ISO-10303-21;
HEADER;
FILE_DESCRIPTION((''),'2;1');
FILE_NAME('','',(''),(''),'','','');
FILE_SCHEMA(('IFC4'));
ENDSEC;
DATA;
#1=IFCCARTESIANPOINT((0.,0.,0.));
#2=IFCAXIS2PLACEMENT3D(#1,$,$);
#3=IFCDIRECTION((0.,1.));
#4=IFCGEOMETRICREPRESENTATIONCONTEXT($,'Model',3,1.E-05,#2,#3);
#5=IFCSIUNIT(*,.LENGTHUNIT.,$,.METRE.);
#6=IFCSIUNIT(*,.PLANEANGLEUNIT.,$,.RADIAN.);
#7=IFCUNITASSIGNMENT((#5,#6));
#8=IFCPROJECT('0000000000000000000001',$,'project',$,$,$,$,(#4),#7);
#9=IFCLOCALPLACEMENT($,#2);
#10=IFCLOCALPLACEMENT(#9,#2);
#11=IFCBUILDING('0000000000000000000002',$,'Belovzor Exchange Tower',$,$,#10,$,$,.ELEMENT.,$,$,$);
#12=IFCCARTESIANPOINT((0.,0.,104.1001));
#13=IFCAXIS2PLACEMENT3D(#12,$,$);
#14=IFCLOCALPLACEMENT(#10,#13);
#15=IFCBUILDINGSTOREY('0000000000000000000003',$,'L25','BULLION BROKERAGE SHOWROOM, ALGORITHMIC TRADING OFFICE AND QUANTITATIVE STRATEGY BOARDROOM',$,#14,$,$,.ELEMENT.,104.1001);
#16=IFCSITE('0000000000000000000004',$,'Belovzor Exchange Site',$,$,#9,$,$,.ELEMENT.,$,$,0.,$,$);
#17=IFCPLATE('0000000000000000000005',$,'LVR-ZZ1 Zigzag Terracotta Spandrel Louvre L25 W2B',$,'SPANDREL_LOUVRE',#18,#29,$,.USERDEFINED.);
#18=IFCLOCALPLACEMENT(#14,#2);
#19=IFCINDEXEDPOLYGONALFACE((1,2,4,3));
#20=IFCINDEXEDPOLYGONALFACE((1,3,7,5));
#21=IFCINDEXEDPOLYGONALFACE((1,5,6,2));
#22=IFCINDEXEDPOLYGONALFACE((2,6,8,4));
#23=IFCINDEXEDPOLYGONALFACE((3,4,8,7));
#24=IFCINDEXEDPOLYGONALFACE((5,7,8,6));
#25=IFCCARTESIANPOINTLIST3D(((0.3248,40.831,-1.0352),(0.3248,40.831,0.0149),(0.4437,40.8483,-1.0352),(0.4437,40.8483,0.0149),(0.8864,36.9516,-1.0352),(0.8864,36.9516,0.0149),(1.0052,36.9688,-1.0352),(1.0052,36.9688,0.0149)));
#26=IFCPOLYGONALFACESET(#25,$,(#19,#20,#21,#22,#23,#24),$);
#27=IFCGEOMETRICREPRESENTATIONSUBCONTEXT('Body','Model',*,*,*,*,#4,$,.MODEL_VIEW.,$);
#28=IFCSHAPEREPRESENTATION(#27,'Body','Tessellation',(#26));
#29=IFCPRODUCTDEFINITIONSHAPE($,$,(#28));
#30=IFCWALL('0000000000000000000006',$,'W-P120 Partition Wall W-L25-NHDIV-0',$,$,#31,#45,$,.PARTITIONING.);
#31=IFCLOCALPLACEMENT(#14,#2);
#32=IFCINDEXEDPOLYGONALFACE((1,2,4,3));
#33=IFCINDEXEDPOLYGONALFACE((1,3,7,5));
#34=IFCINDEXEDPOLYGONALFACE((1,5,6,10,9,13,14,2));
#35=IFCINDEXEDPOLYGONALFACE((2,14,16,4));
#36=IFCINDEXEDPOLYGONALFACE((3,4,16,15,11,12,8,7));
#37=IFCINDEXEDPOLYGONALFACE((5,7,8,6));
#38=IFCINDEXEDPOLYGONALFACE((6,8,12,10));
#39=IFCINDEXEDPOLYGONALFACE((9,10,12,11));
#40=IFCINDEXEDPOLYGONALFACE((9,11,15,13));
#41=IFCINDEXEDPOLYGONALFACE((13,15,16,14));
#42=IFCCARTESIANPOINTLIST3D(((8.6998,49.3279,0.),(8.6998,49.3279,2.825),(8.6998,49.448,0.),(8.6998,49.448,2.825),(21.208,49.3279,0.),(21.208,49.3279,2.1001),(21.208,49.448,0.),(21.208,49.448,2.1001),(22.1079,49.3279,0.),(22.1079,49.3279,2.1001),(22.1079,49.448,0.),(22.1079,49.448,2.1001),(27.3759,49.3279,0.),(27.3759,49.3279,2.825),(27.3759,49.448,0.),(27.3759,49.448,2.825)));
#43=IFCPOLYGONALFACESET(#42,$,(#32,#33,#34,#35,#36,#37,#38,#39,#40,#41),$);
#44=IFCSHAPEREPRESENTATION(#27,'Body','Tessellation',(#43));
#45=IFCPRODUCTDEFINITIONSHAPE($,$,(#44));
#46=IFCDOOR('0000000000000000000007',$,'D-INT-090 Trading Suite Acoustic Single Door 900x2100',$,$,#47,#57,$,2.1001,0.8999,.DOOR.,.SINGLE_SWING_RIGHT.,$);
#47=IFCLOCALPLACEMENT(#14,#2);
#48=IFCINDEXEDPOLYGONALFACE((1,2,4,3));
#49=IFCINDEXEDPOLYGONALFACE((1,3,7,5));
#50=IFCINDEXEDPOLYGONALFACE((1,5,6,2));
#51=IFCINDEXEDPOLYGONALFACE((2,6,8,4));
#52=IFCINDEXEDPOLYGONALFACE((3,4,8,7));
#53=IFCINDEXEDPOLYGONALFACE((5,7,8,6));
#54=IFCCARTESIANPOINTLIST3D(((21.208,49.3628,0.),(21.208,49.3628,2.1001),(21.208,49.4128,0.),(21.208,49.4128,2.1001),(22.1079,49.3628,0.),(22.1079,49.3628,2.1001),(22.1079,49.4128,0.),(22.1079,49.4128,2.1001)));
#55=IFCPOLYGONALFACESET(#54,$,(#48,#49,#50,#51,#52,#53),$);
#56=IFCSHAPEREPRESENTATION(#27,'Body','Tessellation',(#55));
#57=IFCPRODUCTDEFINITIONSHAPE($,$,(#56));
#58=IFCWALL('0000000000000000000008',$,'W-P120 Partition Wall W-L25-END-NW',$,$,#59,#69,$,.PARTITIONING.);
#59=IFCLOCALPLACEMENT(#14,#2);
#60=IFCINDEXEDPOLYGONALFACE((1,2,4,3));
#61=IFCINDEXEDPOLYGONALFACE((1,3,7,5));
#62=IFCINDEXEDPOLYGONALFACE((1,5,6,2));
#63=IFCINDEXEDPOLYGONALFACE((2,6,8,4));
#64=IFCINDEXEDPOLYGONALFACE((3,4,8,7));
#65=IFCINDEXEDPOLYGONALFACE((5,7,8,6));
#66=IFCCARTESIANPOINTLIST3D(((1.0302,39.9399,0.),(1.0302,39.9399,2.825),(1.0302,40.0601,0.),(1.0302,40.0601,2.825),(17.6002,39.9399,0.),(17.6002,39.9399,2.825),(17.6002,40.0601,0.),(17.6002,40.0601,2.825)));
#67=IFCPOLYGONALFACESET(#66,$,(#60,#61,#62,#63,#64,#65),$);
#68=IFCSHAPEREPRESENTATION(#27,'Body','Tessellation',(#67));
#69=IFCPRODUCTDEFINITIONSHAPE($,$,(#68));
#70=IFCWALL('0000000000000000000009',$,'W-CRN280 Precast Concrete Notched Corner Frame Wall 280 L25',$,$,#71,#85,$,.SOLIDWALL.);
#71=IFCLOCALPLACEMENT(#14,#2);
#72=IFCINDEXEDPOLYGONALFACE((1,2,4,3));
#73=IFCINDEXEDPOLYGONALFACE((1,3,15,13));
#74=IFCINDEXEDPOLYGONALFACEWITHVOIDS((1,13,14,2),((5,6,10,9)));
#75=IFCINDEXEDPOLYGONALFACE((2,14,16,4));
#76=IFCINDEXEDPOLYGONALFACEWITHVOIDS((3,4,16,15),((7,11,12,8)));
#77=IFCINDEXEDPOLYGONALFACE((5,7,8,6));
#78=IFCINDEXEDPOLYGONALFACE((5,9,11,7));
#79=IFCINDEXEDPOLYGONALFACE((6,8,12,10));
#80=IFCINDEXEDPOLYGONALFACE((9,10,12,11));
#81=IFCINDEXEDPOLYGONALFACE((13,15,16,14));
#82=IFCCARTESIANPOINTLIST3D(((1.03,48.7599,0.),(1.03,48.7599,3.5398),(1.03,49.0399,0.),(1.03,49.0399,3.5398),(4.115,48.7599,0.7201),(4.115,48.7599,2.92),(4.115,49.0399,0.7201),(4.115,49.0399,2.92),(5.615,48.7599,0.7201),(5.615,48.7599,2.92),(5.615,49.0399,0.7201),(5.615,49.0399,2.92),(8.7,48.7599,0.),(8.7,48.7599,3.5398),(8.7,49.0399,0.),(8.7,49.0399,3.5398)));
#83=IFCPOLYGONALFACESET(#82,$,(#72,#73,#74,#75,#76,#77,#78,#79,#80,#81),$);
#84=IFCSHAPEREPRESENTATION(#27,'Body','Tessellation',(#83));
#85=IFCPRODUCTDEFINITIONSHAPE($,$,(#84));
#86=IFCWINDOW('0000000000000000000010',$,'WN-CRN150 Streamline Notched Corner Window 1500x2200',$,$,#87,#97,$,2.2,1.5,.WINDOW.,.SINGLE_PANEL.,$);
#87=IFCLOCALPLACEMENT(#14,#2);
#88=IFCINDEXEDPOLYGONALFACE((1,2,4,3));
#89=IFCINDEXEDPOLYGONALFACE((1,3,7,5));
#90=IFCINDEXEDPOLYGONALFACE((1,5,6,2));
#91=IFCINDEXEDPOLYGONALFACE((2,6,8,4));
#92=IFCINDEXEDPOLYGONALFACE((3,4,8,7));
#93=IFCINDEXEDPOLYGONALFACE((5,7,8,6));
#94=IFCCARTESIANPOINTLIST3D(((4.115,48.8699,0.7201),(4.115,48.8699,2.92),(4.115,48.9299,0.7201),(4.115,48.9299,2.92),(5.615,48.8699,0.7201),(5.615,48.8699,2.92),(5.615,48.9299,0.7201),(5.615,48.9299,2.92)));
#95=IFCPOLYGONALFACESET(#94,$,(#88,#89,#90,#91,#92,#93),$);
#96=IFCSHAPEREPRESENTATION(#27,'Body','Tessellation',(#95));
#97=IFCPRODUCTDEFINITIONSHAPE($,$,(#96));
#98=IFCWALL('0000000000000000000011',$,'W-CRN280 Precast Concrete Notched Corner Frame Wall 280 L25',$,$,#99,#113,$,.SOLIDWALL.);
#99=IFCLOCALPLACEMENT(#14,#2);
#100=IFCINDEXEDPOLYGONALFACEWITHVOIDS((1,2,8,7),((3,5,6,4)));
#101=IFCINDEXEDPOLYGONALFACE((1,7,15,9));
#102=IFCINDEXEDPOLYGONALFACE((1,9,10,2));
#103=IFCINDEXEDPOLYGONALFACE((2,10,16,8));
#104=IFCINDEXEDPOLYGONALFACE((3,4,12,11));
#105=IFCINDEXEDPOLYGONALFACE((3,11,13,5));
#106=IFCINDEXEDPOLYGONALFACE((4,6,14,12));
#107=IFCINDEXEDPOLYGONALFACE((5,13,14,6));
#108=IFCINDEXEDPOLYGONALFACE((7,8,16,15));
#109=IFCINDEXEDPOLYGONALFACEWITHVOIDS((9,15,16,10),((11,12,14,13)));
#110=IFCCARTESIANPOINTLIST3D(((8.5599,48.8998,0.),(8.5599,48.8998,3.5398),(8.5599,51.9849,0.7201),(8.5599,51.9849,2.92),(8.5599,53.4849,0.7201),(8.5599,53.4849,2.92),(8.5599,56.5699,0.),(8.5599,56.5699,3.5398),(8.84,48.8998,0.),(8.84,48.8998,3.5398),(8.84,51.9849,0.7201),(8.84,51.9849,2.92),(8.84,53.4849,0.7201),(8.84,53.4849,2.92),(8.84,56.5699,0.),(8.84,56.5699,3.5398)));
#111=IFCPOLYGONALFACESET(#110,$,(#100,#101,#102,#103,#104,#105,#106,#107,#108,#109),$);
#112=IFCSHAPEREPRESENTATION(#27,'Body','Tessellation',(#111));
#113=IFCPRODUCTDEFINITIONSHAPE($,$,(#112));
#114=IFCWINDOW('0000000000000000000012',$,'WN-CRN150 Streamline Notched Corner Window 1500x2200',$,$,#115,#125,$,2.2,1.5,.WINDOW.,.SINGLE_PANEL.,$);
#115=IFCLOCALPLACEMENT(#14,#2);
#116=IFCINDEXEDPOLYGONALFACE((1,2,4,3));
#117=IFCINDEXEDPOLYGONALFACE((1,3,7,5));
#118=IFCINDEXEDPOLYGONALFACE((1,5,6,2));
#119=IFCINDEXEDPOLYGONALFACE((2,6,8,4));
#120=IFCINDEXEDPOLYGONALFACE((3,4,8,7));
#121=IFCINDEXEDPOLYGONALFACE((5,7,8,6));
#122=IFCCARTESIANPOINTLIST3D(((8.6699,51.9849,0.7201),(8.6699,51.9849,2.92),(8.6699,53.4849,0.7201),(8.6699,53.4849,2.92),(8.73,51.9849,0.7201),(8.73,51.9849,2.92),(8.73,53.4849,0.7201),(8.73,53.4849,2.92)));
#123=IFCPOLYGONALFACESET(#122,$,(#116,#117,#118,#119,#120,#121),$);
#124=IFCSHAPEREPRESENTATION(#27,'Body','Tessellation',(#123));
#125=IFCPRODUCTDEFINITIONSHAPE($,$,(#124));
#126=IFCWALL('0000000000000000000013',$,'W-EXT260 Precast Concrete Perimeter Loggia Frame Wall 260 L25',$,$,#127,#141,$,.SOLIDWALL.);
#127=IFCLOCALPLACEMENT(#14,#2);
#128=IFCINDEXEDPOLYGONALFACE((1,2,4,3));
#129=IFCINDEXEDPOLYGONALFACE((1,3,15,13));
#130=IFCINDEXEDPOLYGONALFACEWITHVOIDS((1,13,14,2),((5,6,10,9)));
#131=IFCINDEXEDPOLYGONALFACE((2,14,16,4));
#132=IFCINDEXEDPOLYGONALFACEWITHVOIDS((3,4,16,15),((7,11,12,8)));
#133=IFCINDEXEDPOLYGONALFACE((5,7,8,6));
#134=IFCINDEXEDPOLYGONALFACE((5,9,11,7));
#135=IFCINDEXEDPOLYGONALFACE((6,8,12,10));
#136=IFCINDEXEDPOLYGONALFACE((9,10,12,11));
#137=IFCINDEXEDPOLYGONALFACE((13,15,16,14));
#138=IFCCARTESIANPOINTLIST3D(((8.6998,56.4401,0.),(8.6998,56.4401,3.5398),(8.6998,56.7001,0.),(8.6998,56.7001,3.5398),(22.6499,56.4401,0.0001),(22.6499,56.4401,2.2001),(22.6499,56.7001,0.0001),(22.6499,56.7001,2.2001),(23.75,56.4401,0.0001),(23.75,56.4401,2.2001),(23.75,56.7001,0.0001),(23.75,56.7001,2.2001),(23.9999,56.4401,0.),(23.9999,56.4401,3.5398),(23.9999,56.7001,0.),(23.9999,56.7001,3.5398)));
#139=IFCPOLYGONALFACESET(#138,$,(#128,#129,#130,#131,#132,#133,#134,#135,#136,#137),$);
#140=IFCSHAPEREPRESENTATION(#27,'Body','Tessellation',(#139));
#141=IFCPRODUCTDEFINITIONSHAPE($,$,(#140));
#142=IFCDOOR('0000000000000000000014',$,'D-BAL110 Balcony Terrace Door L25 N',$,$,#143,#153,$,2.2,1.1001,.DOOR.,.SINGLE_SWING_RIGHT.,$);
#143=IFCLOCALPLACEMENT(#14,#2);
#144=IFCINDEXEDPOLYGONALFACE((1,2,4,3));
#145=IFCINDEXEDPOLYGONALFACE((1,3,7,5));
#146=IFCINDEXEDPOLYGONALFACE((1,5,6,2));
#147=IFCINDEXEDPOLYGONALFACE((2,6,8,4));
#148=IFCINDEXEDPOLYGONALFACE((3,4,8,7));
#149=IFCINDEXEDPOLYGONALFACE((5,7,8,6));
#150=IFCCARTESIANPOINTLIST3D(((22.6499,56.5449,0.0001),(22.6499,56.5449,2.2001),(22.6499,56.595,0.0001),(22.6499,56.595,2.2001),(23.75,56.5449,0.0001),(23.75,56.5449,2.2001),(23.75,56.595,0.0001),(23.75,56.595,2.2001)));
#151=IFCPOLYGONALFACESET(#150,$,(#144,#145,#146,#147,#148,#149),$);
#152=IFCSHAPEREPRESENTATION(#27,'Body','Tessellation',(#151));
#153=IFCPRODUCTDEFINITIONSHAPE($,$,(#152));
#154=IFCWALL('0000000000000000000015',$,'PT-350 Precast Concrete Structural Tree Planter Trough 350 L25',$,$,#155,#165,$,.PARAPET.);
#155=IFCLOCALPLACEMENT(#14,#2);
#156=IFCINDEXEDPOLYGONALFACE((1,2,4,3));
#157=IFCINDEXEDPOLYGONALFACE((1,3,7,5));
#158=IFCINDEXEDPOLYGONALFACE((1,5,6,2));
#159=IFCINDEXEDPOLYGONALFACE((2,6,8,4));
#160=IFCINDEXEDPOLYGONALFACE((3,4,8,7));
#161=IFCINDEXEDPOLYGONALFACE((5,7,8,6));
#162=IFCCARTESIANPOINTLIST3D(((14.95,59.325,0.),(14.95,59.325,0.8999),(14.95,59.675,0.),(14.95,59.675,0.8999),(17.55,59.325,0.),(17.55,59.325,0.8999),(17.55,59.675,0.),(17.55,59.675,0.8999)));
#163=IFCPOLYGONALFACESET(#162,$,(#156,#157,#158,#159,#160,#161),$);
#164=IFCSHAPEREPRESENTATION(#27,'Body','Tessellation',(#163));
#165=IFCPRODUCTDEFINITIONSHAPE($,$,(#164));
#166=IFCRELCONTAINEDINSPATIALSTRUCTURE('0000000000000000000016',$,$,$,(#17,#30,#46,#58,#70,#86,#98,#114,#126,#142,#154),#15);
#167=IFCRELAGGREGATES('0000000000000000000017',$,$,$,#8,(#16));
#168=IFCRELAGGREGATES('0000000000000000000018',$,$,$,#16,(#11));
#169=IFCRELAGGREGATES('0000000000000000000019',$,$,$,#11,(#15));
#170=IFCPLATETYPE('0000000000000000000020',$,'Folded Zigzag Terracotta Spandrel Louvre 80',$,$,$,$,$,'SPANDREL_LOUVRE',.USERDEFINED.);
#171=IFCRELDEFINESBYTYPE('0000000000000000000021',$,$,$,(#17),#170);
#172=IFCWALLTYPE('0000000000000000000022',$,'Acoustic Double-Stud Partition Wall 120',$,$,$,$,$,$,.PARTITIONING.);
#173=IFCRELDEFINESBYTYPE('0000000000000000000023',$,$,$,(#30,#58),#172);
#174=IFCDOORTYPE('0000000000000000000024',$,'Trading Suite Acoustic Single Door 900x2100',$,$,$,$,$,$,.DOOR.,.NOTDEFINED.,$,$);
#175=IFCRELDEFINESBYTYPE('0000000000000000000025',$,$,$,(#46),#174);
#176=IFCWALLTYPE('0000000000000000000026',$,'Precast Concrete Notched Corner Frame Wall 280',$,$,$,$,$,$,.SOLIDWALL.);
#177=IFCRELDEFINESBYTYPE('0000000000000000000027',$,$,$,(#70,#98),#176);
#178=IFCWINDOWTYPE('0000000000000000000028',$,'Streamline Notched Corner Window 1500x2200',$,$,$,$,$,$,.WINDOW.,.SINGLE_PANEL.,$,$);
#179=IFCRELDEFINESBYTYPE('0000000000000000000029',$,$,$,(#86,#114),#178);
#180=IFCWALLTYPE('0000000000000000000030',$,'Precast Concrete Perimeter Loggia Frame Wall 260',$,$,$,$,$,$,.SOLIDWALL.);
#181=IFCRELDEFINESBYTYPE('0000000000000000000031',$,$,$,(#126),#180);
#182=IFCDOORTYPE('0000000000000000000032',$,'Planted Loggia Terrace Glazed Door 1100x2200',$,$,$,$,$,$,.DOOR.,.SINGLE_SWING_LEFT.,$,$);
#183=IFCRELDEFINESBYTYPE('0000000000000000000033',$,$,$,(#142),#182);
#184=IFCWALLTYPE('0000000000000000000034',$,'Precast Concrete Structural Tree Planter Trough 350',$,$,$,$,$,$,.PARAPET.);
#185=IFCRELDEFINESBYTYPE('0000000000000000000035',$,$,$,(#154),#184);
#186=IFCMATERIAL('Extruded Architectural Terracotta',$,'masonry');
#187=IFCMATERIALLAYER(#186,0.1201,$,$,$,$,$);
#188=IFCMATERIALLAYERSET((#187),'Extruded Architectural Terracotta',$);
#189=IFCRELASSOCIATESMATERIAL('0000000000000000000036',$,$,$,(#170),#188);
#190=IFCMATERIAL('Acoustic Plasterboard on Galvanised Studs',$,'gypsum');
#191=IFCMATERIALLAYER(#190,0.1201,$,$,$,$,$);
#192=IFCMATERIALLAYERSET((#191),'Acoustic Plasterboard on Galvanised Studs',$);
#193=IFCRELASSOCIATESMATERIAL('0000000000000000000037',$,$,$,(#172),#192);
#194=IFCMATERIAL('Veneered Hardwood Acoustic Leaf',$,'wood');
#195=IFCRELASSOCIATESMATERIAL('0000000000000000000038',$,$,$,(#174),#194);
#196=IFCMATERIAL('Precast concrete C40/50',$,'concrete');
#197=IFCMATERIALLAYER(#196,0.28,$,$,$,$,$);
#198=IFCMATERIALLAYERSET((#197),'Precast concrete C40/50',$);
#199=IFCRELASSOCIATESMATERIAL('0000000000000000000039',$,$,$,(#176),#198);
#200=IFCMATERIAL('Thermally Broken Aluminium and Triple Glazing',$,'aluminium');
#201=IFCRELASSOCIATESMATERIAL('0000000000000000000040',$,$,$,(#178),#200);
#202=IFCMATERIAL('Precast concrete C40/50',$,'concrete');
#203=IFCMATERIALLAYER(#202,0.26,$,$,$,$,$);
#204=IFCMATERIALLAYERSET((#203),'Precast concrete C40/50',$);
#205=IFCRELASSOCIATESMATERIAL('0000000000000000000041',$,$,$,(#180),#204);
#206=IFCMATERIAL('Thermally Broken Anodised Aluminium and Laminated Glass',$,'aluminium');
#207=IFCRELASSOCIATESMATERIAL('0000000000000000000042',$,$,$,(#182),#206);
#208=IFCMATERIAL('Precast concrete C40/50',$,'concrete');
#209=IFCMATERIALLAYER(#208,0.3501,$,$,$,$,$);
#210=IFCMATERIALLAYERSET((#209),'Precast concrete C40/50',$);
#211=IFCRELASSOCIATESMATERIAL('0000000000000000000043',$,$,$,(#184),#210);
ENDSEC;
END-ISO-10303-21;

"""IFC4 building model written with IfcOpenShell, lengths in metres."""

from ifc_helpers import new_model, si_unit, direction, frame, frame_2d, origin, origin_2d, place, context, subcontext, project, spatial, rectangle, extrude, material, layer, layer_set, type_object, element, fill, save


model = new_model("IFC4")

# Units and contexts
model_context = context("Model", 3, precision=1e-05, world=origin(), true_north=direction((0.0, 1.0)))
body_context = subcontext(model_context, "Body", "Model", "MODEL_VIEW")
ifc_project = project(units=[si_unit("LENGTHUNIT", "METRE"), si_unit("PLANEANGLEUNIT", "RADIAN")], contexts=[model_context])

# Site, building, storey
site_placement = place(None, origin())
site = spatial("IfcSite", under=ifc_project, at=site_placement, Name="Belovzor Exchange Site", CompositionType="ELEMENT", RefElevation=0.0)
building_placement = place(site_placement, origin())
building = spatial("IfcBuilding", under=site, at=building_placement, Name="Belovzor Exchange Tower", CompositionType="ELEMENT")
storey_placement = place(building_placement, frame((0.0, 0.0, 104.1001)))
storey = spatial("IfcBuildingStorey", under=building, at=storey_placement, Name="L25", Description="BULLION BROKERAGE SHOWROOM, ALGORITHMIC TRADING OFFICE AND QUANTITATIVE STRATEGY BOARDROOM", CompositionType="ELEMENT", Elevation=104.1001)

# Plate
ifc_material_1 = material(Name="Extruded Architectural Terracotta", Category="masonry")
ifc_layer_1 = layer(ifc_material_1, 0.1201)
ifc_layer_set_1 = layer_set([ifc_layer_1], Name="Extruded Architectural Terracotta")
plate_type = type_object("IfcPlateType", Name="Folded Zigzag Terracotta Spandrel Louvre 80", ElementType="SPANDREL_LOUVRE", PredefinedType="USERDEFINED", material=ifc_layer_set_1)
plate_placement = place(storey_placement, frame((0.665, 38.8999, -1.0352), z_axis=(0.0, 0.0, 1.0), x_axis=(-0.143251, 0.989686, 0.0)))
element("IfcPlate", 1, at=plate_placement, inside=storey, type_object=plate_type, Name="LVR-ZZ1 Zigzag Terracotta Spandrel Louvre L25 W2B", ObjectType="SPANDREL_LOUVRE", PredefinedType="USERDEFINED", context=body_context, shape_type="SweptSolid", body=[
    extrude(rectangle(XDim=3.9199, YDim=0.1201, at=origin_2d()), origin(), (0.0, 0.0, 1.0), 1.05),
])

# Wall, opening, door
ifc_material_2 = material(Name="Acoustic Plasterboard on Galvanised Studs", Category="gypsum")
ifc_layer_2 = layer(ifc_material_2, 0.1201)
ifc_layer_set_2 = layer_set([ifc_layer_2], Name="Acoustic Plasterboard on Galvanised Studs")
wall_type_1 = type_object("IfcWallType", Name="Acoustic Double-Stud Partition Wall 120", PredefinedType="PARTITIONING", material=ifc_layer_set_2)
wall_1_placement = place(storey_placement, frame((8.7, 49.3879, 0.0), z_axis=(0.0, 0.0, 1.0), x_axis=(1.0, 0.0, 0.0)))
wall_1 = element("IfcWall", 2, at=wall_1_placement, inside=storey, type_object=wall_type_1, Name="W-P120 Partition Wall W-L25-NHDIV-0", PredefinedType="PARTITIONING", context=body_context, shape_type="SweptSolid", body=[
    extrude(rectangle(XDim=18.676, YDim=0.1201, at=frame_2d((9.3379, 0.0))), origin(), (0.0, 0.0, 1.0), 2.825),
])
opening_1_placement = place(wall_1_placement, frame((12.5081, 0.0, 0.0)))
opening_1 = element("IfcOpeningElement", 3, at=opening_1_placement, cuts=wall_1, PredefinedType="OPENING", context=body_context, shape_type="SweptSolid", body=[
    extrude(rectangle(XDim=0.8999, YDim=2.1001, at=frame_2d((0.45, 1.05))), frame((0.0, 0.0701, 0.0), z_axis=(0.0, -1.0, 0.0), x_axis=(1.0, 0.0, 0.0)), (0.0, 0.0, 1.0), 0.1401),
])
ifc_material_3 = material(Name="Veneered Hardwood Acoustic Leaf", Category="wood")
door_type_1 = type_object("IfcDoorType", Name="Trading Suite Acoustic Single Door 900x2100", OperationType="NOTDEFINED", PredefinedType="DOOR", material=ifc_material_3)
door_1_placement = place(opening_1_placement, origin())
door_1 = element("IfcDoor", 4, at=door_1_placement, inside=storey, type_object=door_type_1, Name="D-INT-090 Trading Suite Acoustic Single Door 900x2100", OperationType="SINGLE_SWING_RIGHT", OverallHeight=2.1001, OverallWidth=0.8999, PredefinedType="DOOR", context=body_context, shape_type="SweptSolid", body=[
    extrude(rectangle(XDim=0.8999, YDim=2.1001, at=frame_2d((0.45, 1.05))), frame((0.0, 0.0249, 0.0), z_axis=(0.0, -1.0, 0.0), x_axis=(1.0, 0.0, 0.0)), (0.0, 0.0, 1.0), 0.05),
])
fill(opening_1, door_1)

# Wall
wall_2_placement = place(storey_placement, frame((1.03, 40.0, 0.0), z_axis=(0.0, 0.0, 1.0), x_axis=(1.0, 0.0, 0.0)))
element("IfcWall", 5, at=wall_2_placement, inside=storey, type_object=wall_type_1, Name="W-P120 Partition Wall W-L25-END-NW", PredefinedType="PARTITIONING", context=body_context, shape_type="SweptSolid", body=[
    extrude(rectangle(XDim=16.5701, YDim=0.1201, at=frame_2d((8.2852, 0.0))), origin(), (0.0, 0.0, 1.0), 2.825),
])

# Walls, openings, windows
ifc_material_4 = material(Name="Precast concrete C40/50", Category="concrete")
ifc_layer_3 = layer(ifc_material_4, 0.28)
ifc_layer_set_3 = layer_set([ifc_layer_3], Name="Precast concrete C40/50")
wall_type_2 = type_object("IfcWallType", Name="Precast Concrete Notched Corner Frame Wall 280", PredefinedType="SOLIDWALL", material=ifc_layer_set_3)
wall_3_placement = place(storey_placement, frame((1.03, 48.8999, 0.0), z_axis=(0.0, 0.0, 1.0), x_axis=(1.0, 0.0, 0.0)))
wall_3 = element("IfcWall", 6, at=wall_3_placement, inside=storey, type_object=wall_type_2, Name="W-CRN280 Precast Concrete Notched Corner Frame Wall 280 L25", PredefinedType="SOLIDWALL", context=body_context, shape_type="SweptSolid", body=[
    extrude(rectangle(XDim=7.6699, YDim=0.28, at=frame_2d((3.835, 0.0))), origin(), (0.0, 0.0, 1.0), 3.5398),
])
opening_2_placement = place(wall_3_placement, frame((3.085, 0.0, 0.72)))
opening_2 = element("IfcOpeningElement", 7, at=opening_2_placement, cuts=wall_3, PredefinedType="OPENING", context=body_context, shape_type="SweptSolid", body=[
    extrude(rectangle(XDim=1.5, YDim=2.2, at=frame_2d((0.75, 1.1001))), frame((0.0, 0.1499, 0.0), z_axis=(0.0, -1.0, 0.0), x_axis=(1.0, 0.0, 0.0)), (0.0, 0.0, 1.0), 0.3),
])
ifc_material_5 = material(Name="Thermally Broken Aluminium and Triple Glazing", Category="aluminium")
window_type = type_object("IfcWindowType", Name="Streamline Notched Corner Window 1500x2200", PartitioningType="SINGLE_PANEL", PredefinedType="WINDOW", material=ifc_material_5)
window_1_placement = place(opening_2_placement, origin())
window_1 = element("IfcWindow", 8, at=window_1_placement, inside=storey, type_object=window_type, Name="WN-CRN150 Streamline Notched Corner Window 1500x2200", OverallHeight=2.2, OverallWidth=1.5, PartitioningType="SINGLE_PANEL", PredefinedType="WINDOW", context=body_context, shape_type="SweptSolid", body=[
    extrude(rectangle(XDim=1.5, YDim=2.2, at=frame_2d((0.75, 1.1001))), frame((0.0, 0.03, 0.0), z_axis=(0.0, -1.0, 0.0), x_axis=(1.0, 0.0, 0.0)), (0.0, 0.0, 1.0), 0.0601),
])
fill(opening_2, window_1)
wall_4_placement = place(storey_placement, frame((8.7, 48.8999, 0.0), z_axis=(0.0, 0.0, 1.0), x_axis=(0.0, 1.0, 0.0)))
wall_4 = element("IfcWall", 9, at=wall_4_placement, inside=storey, type_object=wall_type_2, Name="W-CRN280 Precast Concrete Notched Corner Frame Wall 280 L25", PredefinedType="SOLIDWALL", context=body_context, shape_type="SweptSolid", body=[
    extrude(rectangle(XDim=7.6702, YDim=0.28, at=frame_2d((3.835, 0.0))), origin(), (0.0, 0.0, 1.0), 3.5398),
])
opening_3_placement = place(wall_4_placement, frame((3.085, 0.0, 0.72)))
opening_3 = element("IfcOpeningElement", 10, at=opening_3_placement, cuts=wall_4, PredefinedType="OPENING", context=body_context, shape_type="SweptSolid", body=[
    extrude(rectangle(XDim=1.5, YDim=2.2, at=frame_2d((0.75, 1.1001))), frame((0.0, 0.1499, 0.0), z_axis=(0.0, -1.0, 0.0), x_axis=(1.0, 0.0, 0.0)), (0.0, 0.0, 1.0), 0.3),
])
window_2_placement = place(opening_3_placement, origin())
window_2 = element("IfcWindow", 11, at=window_2_placement, inside=storey, type_object=window_type, Name="WN-CRN150 Streamline Notched Corner Window 1500x2200", OverallHeight=2.2, OverallWidth=1.5, PartitioningType="SINGLE_PANEL", PredefinedType="WINDOW", context=body_context, shape_type="SweptSolid", body=[
    extrude(rectangle(XDim=1.5, YDim=2.2, at=frame_2d((0.75, 1.1001))), frame((0.0, 0.03, 0.0), z_axis=(0.0, -1.0, 0.0), x_axis=(1.0, 0.0, 0.0)), (0.0, 0.0, 1.0), 0.0601),
])
fill(opening_3, window_2)

# Wall, opening, door
ifc_material_6 = material(Name="Precast concrete C40/50", Category="concrete")
ifc_layer_4 = layer(ifc_material_6, 0.26)
ifc_layer_set_4 = layer_set([ifc_layer_4], Name="Precast concrete C40/50")
wall_type_3 = type_object("IfcWallType", Name="Precast Concrete Perimeter Loggia Frame Wall 260", PredefinedType="SOLIDWALL", material=ifc_layer_set_4)
wall_5_placement = place(storey_placement, frame((8.7, 56.5701, 0.0), z_axis=(0.0, 0.0, 1.0), x_axis=(1.0, 0.0, 0.0)))
wall_5 = element("IfcWall", 12, at=wall_5_placement, inside=storey, type_object=wall_type_3, Name="W-EXT260 Precast Concrete Perimeter Loggia Frame Wall 260 L25", PredefinedType="SOLIDWALL", context=body_context, shape_type="SweptSolid", body=[
    extrude(rectangle(XDim=15.3, YDim=0.26, at=frame_2d((7.6499, 0.0))), origin(), (0.0, 0.0, 1.0), 3.5398),
])
opening_4_placement = place(wall_5_placement, frame((13.95, 0.0, 0.0)))
opening_4 = element("IfcOpeningElement", 13, at=opening_4_placement, cuts=wall_5, PredefinedType="OPENING", context=body_context, shape_type="SweptSolid", body=[
    extrude(rectangle(XDim=1.1001, YDim=2.2, at=frame_2d((0.55, 1.1001))), frame((0.0, 0.1399, 0.0), z_axis=(0.0, -1.0, 0.0), x_axis=(1.0, 0.0, 0.0)), (0.0, 0.0, 1.0), 0.28),
])
ifc_material_7 = material(Name="Thermally Broken Anodised Aluminium and Laminated Glass", Category="aluminium")
door_type_2 = type_object("IfcDoorType", Name="Planted Loggia Terrace Glazed Door 1100x2200", OperationType="SINGLE_SWING_LEFT", PredefinedType="DOOR", material=ifc_material_7)
door_2_placement = place(opening_4_placement, origin())
door_2 = element("IfcDoor", 14, at=door_2_placement, inside=storey, type_object=door_type_2, Name="D-BAL110 Balcony Terrace Door L25 N", OperationType="SINGLE_SWING_RIGHT", OverallHeight=2.2, OverallWidth=1.1001, PredefinedType="DOOR", context=body_context, shape_type="SweptSolid", body=[
    extrude(rectangle(XDim=1.1001, YDim=2.2, at=frame_2d((0.55, 1.1001))), frame((0.0, 0.0249, 0.0), z_axis=(0.0, -1.0, 0.0), x_axis=(1.0, 0.0, 0.0)), (0.0, 0.0, 1.0), 0.05),
])
fill(opening_4, door_2)

# Wall
ifc_material_8 = material(Name="Precast concrete C40/50", Category="concrete")
ifc_layer_5 = layer(ifc_material_8, 0.3501)
ifc_layer_set_5 = layer_set([ifc_layer_5], Name="Precast concrete C40/50")
wall_type_4 = type_object("IfcWallType", Name="Precast Concrete Structural Tree Planter Trough 350", PredefinedType="PARAPET", material=ifc_layer_set_5)
wall_6_placement = place(storey_placement, frame((14.95, 59.5, 0.0), z_axis=(0.0, 0.0, 1.0), x_axis=(1.0, 0.0, 0.0)))
element("IfcWall", 15, at=wall_6_placement, inside=storey, type_object=wall_type_4, Name="PT-350 Precast Concrete Structural Tree Planter Trough 350 L25", PredefinedType="PARAPET", context=body_context, shape_type="SweptSolid", body=[
    extrude(rectangle(XDim=2.6001, YDim=0.3501, at=frame_2d((1.3, 0.0))), origin(), (0.0, 0.0, 1.0), 0.8999),
])

save(model, "model.ifc")
